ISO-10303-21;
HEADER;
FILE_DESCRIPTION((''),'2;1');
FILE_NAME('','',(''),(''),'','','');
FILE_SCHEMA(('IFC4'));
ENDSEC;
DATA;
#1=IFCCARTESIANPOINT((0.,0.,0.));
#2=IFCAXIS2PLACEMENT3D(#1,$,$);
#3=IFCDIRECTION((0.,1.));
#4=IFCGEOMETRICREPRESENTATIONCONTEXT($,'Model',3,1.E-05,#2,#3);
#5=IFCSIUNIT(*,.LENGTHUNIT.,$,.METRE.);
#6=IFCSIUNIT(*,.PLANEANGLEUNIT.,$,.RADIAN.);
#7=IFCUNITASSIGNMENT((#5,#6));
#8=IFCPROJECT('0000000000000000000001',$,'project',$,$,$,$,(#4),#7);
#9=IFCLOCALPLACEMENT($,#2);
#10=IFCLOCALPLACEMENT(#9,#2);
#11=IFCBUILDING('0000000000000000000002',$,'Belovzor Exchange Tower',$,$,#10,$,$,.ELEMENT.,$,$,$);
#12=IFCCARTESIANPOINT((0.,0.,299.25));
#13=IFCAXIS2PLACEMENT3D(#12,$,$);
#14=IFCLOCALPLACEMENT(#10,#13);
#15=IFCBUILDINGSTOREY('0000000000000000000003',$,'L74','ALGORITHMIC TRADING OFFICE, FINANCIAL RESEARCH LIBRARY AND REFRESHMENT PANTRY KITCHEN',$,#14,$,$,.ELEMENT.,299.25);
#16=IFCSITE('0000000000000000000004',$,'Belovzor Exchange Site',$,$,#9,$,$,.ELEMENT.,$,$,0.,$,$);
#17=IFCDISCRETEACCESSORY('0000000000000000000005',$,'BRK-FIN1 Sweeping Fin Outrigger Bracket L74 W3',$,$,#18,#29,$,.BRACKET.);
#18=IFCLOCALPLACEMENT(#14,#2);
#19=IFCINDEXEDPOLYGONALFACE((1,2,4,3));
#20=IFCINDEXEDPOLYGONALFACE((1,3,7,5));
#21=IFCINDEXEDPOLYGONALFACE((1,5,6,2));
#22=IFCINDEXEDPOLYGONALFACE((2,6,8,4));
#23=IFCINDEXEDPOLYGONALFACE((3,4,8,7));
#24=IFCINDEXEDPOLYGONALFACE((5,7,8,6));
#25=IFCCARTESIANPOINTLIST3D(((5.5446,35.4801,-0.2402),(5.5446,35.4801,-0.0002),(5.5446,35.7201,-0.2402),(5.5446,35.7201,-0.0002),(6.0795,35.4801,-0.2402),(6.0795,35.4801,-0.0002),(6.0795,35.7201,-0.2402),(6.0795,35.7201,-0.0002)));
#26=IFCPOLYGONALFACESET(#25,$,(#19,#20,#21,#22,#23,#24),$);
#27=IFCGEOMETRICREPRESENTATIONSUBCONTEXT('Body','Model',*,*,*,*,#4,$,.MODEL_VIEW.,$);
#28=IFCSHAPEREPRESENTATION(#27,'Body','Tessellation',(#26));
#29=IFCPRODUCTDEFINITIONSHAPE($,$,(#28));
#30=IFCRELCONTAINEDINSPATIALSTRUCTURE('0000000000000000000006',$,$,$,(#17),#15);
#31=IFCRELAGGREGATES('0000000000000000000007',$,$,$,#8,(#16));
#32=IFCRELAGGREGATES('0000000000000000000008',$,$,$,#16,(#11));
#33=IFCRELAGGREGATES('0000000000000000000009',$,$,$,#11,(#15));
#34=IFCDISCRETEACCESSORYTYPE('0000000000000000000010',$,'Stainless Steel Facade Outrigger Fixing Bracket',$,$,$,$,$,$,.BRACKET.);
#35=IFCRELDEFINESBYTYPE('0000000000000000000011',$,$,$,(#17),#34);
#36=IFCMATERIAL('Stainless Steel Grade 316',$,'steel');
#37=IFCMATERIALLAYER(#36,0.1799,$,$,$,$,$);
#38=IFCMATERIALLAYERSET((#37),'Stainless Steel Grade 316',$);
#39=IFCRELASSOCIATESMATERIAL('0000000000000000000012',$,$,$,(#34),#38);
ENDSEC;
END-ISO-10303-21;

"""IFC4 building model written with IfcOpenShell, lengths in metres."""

from ifc_helpers import new_model, si_unit, direction, frame, origin, origin_2d, place, context, subcontext, project, spatial, rectangle, extrude, material, layer, layer_set, type_object, element, save


model = new_model("IFC4")

# Units and contexts
model_context = context("Model", 3, precision=1e-05, world=origin(), true_north=direction((0.0, 1.0)))
body_context = subcontext(model_context, "Body", "Model", "MODEL_VIEW")
ifc_project = project(units=[si_unit("LENGTHUNIT", "METRE"), si_unit("PLANEANGLEUNIT", "RADIAN")], contexts=[model_context])

# Site, building, storey
site_placement = place(None, origin())
site = spatial("IfcSite", under=ifc_project, at=site_placement, Name="Belovzor Exchange Site", CompositionType="ELEMENT", RefElevation=0.0)
building_placement = place(site_placement, origin())
building = spatial("IfcBuilding", under=site, at=building_placement, Name="Belovzor Exchange Tower", CompositionType="ELEMENT")
storey_placement = place(building_placement, frame((0.0, 0.0, 299.25)))
storey = spatial("IfcBuildingStorey", under=building, at=storey_placement, Name="L74", Description="ALGORITHMIC TRADING OFFICE, FINANCIAL RESEARCH LIBRARY AND REFRESHMENT PANTRY KITCHEN", CompositionType="ELEMENT", Elevation=299.25)

# Discrete accessory
ifc_material_1 = material(Name="Stainless Steel Grade 316", Category="steel")
ifc_layer_1 = layer(ifc_material_1, 0.1799)
ifc_layer_set_1 = layer_set([ifc_layer_1], Name="Stainless Steel Grade 316")
discrete_accessory_type = type_object("IfcDiscreteAccessoryType", Name="Stainless Steel Facade Outrigger Fixing Bracket", PredefinedType="BRACKET", material=ifc_layer_set_1)
discrete_accessory_placement = place(storey_placement, frame((5.812, 35.6001, -0.2402), z_axis=(0.0, 0.0, 1.0), x_axis=(1.0, 0.0, 0.0)))
element("IfcDiscreteAccessory", 1, at=discrete_accessory_placement, inside=storey, type_object=discrete_accessory_type, Name="BRK-FIN1 Sweeping Fin Outrigger Bracket L74 W3", PredefinedType="BRACKET", context=body_context, shape_type="SweptSolid", body=[
    extrude(rectangle(XDim=0.5349, YDim=0.24, at=origin_2d()), origin(), (0.0, 0.0, 1.0), 0.24),
])

save(model, "model.ifc")
